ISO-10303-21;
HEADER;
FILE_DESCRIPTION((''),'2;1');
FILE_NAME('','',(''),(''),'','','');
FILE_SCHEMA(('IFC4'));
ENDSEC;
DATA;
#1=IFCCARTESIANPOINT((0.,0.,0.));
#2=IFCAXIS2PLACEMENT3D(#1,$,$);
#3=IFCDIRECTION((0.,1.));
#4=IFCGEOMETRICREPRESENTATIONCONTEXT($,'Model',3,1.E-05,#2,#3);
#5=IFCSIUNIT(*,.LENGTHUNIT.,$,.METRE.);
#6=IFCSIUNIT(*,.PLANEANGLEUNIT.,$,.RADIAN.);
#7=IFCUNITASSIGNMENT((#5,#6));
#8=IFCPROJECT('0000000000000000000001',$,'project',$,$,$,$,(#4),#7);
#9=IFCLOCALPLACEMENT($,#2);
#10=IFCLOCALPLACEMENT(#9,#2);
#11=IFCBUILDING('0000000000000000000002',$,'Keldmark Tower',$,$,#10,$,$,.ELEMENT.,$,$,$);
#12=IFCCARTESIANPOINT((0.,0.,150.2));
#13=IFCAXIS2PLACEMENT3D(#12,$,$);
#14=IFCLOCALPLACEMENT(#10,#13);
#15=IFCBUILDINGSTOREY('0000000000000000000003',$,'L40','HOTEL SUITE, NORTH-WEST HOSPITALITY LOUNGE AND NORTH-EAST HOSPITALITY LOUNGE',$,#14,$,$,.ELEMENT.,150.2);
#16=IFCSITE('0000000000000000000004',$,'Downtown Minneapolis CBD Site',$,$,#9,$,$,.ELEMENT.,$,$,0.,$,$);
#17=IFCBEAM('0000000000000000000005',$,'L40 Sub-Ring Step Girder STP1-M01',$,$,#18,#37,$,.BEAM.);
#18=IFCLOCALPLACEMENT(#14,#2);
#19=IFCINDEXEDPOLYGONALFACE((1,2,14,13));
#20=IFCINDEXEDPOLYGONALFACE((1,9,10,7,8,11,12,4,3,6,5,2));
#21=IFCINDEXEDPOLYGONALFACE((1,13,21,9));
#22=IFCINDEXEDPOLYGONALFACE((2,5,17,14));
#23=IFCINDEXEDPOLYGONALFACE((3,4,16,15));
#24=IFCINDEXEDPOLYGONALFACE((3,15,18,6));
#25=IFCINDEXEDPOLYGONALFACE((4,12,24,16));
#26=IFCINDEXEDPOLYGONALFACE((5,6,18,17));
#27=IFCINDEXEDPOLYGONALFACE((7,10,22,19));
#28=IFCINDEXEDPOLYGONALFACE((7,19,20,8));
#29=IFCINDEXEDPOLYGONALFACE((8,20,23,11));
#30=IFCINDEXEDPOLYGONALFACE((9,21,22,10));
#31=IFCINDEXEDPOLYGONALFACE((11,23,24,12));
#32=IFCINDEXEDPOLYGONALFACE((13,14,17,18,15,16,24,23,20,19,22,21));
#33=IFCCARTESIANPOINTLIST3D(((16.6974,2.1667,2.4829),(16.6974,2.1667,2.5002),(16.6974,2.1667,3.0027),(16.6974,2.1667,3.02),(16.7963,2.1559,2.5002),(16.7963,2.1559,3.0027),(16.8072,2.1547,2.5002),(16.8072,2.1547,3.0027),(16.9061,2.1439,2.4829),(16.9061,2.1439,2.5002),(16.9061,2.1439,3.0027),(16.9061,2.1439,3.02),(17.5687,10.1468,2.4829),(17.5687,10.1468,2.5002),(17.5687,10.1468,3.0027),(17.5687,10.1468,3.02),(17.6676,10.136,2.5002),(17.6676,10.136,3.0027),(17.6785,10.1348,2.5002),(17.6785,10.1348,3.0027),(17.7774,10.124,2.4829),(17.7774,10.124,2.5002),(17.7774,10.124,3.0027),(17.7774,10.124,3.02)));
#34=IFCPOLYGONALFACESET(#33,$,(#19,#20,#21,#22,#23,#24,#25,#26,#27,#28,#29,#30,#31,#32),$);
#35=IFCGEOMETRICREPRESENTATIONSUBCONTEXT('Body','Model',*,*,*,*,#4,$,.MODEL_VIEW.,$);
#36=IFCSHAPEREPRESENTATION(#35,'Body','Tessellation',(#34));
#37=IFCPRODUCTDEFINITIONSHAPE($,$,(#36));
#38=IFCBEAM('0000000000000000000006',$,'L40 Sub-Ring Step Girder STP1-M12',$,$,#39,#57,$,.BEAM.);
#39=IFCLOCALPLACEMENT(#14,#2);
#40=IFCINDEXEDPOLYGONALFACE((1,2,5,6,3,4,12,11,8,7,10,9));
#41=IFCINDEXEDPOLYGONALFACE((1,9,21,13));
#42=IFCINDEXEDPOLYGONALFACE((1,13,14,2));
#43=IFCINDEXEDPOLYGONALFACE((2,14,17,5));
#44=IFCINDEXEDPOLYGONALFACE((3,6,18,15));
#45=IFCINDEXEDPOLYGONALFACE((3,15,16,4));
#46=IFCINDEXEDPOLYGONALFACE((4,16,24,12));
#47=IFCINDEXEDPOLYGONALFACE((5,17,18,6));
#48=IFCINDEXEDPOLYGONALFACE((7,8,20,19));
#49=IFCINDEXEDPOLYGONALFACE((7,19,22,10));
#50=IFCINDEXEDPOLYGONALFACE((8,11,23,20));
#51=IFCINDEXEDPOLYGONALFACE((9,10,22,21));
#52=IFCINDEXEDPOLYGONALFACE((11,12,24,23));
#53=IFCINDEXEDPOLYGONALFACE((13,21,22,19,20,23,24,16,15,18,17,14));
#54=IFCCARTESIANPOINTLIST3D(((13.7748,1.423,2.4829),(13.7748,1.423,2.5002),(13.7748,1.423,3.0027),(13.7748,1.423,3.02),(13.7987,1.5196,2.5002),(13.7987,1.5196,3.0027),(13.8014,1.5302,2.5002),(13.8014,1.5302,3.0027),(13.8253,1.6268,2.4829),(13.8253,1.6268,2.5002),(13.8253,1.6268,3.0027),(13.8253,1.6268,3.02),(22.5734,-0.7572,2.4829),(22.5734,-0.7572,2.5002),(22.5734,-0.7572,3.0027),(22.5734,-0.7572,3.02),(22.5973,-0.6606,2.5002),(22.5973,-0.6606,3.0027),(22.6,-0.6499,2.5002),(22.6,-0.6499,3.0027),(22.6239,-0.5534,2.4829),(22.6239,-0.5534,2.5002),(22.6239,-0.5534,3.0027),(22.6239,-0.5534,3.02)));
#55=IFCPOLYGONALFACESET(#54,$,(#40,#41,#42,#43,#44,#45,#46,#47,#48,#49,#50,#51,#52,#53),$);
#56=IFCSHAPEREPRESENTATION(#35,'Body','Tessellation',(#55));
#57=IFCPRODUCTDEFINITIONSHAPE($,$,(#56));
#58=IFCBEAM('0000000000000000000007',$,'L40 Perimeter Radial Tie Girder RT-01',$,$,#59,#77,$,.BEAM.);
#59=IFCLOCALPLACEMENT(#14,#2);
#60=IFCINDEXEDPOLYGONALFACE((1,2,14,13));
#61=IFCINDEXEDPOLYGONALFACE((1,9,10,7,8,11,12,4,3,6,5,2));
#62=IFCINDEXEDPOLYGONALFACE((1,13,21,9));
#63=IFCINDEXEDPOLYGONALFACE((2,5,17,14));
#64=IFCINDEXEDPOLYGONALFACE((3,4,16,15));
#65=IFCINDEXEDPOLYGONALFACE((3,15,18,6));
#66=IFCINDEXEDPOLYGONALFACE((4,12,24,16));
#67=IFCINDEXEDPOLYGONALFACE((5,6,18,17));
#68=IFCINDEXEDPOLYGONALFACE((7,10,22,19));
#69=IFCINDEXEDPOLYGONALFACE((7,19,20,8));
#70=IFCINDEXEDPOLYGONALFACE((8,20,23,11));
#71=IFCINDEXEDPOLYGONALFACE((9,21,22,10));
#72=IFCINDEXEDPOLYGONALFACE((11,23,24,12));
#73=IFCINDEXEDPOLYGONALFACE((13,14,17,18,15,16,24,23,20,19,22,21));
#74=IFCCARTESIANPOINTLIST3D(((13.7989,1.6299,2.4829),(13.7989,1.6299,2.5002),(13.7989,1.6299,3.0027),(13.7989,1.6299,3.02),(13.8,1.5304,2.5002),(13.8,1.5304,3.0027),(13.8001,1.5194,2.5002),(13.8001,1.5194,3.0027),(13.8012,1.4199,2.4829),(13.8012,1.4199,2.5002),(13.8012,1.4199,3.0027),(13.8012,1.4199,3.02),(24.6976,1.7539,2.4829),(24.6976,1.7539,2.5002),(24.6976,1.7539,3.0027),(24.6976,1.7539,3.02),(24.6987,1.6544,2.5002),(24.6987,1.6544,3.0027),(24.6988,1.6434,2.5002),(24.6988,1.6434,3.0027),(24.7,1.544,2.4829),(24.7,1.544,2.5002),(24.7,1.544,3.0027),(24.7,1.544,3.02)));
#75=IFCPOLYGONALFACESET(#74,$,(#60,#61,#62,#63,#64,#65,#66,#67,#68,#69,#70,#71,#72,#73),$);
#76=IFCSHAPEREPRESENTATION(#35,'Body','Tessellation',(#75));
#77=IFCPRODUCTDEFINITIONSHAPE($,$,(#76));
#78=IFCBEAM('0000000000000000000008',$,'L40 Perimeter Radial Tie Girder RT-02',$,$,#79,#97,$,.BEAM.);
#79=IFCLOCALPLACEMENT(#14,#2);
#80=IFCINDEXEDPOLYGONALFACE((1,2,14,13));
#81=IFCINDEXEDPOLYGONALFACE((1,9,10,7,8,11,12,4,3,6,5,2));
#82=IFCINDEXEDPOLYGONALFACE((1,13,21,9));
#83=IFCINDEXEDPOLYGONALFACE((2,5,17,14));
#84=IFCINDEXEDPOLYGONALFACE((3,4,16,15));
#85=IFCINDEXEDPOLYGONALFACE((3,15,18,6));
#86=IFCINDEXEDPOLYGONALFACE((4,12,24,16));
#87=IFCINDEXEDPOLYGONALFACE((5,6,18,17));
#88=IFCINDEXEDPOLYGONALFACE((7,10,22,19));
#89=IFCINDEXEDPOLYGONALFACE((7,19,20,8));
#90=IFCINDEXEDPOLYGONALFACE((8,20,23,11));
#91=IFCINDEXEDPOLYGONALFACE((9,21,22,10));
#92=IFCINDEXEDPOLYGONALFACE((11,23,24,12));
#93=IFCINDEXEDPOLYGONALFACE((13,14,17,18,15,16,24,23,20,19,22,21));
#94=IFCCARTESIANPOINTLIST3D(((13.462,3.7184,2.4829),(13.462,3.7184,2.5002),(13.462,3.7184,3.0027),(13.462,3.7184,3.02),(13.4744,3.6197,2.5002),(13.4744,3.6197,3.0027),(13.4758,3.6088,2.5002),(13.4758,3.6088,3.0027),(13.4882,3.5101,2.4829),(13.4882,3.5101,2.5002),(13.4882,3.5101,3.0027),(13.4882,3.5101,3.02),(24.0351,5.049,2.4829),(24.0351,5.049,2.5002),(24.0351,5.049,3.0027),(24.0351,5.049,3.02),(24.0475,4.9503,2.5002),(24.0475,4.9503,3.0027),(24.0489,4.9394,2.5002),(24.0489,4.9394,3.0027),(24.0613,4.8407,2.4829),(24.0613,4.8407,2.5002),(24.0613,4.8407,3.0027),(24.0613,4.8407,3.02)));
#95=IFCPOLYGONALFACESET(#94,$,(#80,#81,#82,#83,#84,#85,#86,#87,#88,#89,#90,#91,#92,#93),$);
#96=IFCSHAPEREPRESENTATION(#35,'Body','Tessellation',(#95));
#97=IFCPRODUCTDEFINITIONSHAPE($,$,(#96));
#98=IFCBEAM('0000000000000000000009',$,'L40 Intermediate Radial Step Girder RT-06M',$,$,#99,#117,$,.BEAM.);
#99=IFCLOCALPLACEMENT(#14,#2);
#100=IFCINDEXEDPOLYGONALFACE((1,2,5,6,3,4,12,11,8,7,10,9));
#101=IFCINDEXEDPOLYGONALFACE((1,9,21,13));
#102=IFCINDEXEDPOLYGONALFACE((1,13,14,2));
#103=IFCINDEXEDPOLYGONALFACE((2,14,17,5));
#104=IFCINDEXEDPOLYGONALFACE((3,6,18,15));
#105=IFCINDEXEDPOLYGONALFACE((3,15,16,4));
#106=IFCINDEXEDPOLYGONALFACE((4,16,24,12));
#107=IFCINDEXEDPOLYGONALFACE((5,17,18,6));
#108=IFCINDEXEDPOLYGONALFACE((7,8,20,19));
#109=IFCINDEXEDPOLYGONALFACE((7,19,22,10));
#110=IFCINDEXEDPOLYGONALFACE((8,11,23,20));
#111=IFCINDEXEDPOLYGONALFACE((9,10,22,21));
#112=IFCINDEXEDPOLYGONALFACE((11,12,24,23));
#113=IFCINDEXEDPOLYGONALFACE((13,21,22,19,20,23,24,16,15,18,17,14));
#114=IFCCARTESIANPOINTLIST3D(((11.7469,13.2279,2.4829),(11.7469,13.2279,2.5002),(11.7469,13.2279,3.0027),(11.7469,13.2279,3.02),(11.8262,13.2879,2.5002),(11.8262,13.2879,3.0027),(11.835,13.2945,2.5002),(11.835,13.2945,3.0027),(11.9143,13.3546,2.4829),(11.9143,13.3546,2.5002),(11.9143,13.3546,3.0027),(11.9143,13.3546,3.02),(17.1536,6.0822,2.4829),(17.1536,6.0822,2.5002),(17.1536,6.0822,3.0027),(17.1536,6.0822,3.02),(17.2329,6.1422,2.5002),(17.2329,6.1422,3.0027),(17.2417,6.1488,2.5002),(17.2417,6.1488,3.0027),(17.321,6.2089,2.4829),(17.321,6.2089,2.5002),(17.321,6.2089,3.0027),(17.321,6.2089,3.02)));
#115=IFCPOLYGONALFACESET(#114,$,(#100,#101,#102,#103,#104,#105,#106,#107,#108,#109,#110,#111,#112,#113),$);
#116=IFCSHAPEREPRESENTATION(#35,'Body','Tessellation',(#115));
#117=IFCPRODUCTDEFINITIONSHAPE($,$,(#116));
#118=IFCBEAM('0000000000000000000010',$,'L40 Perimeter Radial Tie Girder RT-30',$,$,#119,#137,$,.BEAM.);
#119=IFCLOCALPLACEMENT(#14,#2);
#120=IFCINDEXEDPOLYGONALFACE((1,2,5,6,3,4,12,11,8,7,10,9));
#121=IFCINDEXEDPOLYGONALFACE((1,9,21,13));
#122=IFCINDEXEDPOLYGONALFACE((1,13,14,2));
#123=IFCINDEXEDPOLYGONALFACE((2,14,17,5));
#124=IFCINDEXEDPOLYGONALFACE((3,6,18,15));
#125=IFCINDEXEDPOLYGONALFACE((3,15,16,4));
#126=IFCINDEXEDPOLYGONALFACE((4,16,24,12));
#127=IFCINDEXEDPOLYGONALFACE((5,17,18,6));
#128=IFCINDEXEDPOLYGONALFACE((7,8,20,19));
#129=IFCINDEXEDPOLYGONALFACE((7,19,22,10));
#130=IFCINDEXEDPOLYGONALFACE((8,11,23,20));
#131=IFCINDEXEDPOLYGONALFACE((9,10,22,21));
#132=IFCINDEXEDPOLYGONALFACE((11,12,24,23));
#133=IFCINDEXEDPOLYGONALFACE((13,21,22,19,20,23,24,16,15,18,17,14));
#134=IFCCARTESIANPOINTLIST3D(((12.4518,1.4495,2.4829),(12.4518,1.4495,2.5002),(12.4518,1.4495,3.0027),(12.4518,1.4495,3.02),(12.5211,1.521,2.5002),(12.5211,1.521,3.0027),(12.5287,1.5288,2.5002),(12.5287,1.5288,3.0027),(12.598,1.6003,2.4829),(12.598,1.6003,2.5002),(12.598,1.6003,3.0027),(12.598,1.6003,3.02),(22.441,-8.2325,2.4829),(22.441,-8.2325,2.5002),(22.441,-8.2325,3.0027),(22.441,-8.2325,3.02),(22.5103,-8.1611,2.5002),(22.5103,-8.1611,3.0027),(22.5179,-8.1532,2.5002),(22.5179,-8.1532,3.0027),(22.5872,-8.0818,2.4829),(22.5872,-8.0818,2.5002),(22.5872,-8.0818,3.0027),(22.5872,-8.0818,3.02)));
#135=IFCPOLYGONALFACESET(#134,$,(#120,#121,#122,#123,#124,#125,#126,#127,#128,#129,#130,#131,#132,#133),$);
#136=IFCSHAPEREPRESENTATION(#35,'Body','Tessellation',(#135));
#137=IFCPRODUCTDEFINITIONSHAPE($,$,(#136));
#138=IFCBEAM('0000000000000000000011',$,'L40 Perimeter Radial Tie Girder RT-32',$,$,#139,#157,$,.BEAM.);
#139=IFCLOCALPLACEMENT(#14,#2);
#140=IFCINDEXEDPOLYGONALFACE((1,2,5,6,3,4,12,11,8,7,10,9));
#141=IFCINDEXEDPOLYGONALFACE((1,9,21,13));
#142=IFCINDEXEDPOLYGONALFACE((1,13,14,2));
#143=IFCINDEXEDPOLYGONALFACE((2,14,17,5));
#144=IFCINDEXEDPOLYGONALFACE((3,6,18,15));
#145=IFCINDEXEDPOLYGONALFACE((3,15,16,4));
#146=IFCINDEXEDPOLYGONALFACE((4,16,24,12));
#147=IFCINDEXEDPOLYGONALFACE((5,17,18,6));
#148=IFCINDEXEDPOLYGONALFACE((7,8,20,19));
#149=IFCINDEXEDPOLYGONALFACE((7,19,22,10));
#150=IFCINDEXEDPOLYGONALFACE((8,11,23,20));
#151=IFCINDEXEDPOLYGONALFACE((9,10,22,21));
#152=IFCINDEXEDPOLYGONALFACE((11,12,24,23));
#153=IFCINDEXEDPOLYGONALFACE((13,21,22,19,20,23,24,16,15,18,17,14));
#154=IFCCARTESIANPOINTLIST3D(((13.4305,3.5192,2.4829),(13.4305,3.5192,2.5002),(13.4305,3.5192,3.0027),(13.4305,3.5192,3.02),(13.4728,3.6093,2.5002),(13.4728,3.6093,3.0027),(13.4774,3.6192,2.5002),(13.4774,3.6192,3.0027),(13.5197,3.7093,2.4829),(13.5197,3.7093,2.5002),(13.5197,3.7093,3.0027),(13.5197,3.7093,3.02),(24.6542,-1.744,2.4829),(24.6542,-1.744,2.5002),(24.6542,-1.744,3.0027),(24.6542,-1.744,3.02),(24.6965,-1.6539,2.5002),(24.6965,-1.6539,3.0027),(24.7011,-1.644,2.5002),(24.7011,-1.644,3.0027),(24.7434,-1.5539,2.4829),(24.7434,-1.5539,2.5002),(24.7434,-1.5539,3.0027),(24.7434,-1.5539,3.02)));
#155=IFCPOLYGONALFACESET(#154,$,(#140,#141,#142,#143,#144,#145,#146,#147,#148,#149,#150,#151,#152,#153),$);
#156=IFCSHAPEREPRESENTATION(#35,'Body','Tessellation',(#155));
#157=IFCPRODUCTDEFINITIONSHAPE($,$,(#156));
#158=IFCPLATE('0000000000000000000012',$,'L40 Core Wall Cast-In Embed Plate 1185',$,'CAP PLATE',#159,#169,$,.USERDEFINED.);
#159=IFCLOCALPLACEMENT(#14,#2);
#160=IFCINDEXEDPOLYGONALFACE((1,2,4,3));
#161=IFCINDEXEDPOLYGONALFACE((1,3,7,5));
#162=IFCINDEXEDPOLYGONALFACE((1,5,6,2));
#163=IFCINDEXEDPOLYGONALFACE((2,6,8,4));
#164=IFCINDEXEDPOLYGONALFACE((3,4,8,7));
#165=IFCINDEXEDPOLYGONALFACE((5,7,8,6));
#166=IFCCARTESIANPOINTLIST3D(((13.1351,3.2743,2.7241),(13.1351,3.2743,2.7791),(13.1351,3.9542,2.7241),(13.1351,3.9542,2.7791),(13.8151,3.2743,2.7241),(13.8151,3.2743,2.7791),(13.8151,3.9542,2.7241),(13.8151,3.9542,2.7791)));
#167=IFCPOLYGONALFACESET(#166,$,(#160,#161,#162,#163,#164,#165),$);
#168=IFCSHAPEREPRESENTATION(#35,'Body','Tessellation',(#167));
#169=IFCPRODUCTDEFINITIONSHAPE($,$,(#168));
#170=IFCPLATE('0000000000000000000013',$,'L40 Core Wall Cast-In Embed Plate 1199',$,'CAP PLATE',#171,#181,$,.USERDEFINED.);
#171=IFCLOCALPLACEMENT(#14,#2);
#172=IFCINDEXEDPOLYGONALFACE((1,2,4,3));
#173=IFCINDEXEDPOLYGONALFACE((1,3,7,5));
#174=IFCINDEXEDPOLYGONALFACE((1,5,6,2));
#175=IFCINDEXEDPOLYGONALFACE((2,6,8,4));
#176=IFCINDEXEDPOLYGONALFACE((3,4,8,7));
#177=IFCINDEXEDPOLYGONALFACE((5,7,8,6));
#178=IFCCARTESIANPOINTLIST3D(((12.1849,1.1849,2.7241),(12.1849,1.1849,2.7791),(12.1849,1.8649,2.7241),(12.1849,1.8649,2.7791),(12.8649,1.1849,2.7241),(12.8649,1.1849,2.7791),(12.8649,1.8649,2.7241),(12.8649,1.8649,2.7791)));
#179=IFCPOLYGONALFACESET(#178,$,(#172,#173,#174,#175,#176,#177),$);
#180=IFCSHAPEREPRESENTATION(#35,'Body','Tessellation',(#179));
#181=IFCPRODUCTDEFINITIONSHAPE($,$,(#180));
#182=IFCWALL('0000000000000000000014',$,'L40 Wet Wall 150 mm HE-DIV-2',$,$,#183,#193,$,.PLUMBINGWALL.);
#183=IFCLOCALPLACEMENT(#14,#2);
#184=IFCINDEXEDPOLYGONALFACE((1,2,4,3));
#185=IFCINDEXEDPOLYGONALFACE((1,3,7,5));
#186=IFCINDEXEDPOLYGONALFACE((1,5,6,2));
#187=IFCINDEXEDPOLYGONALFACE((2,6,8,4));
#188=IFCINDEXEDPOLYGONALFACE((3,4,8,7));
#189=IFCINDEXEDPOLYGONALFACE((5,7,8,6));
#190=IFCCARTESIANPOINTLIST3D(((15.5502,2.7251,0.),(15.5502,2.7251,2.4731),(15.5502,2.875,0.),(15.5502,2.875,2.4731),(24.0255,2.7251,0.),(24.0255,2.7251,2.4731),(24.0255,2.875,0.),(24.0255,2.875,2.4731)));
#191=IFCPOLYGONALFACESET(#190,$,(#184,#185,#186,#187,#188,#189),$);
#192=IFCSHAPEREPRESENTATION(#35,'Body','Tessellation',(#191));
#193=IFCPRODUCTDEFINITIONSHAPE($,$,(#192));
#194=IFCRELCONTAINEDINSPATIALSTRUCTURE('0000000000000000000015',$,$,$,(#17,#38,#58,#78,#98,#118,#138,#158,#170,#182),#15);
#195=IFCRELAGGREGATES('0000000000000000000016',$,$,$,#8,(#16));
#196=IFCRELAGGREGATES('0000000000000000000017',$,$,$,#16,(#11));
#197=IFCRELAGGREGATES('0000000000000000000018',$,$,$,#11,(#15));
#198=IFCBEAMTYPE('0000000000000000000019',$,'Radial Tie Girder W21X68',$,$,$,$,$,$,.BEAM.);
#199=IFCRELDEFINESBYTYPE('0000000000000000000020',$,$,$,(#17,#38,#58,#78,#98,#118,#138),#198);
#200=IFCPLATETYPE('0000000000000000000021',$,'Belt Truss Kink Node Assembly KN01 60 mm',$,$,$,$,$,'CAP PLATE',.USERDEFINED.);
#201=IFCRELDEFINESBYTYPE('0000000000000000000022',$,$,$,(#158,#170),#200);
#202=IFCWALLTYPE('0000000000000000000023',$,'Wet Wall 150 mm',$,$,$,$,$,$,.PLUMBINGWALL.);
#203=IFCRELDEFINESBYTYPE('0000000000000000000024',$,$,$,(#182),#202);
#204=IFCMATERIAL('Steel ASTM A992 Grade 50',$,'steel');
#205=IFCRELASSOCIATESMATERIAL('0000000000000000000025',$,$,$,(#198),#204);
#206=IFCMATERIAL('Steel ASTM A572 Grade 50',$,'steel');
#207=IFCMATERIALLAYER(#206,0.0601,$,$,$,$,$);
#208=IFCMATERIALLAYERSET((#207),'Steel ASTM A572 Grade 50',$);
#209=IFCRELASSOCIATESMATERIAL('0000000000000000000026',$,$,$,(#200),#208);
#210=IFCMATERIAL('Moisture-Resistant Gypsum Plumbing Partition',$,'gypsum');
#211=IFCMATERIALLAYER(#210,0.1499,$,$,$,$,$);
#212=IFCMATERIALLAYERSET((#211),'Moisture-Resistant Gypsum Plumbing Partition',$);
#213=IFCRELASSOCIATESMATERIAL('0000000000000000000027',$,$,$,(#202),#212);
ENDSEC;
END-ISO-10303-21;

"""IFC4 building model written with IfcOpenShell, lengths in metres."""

from ifc_helpers import new_model, si_unit, direction, frame, frame_2d, origin, origin_2d, place, context, subcontext, project, spatial, rectangle, i_section, extrude, material, layer, layer_set, material_profile, profile_set, type_object, element, save


model = new_model("IFC4")

# Units and contexts
model_context = context("Model", 3, precision=1e-05, world=origin(), true_north=direction((0.0, 1.0)))
body_context = subcontext(model_context, "Body", "Model", "MODEL_VIEW")
ifc_project = project(units=[si_unit("LENGTHUNIT", "METRE"), si_unit("PLANEANGLEUNIT", "RADIAN")], contexts=[model_context])

# Site, building, storey
site_placement = place(None, origin())
site = spatial("IfcSite", under=ifc_project, at=site_placement, Name="Downtown Minneapolis CBD Site", CompositionType="ELEMENT", RefElevation=0.0)
building_placement = place(site_placement, origin())
building = spatial("IfcBuilding", under=site, at=building_placement, Name="Keldmark Tower", CompositionType="ELEMENT")
storey_placement = place(building_placement, frame((0.0, 0.0, 150.2)))
storey = spatial("IfcBuildingStorey", under=building, at=storey_placement, Name="L40", Description="HOTEL SUITE, NORTH-WEST HOSPITALITY LOUNGE AND NORTH-EAST HOSPITALITY LOUNGE", CompositionType="ELEMENT", Elevation=150.2)

# Beams
ifc_material_1 = material(Name="Steel ASTM A992 Grade 50", Category="steel")
ifc_material_profile = material_profile(ifc_material_1, i_section(OverallWidth=0.21, OverallDepth=0.5371, WebThickness=0.011, FlangeThickness=0.0173, at=origin_2d()), Name="W21X68")
ifc_profile_set = profile_set([ifc_material_profile], Name="Steel ASTM A992 Grade 50")
beam_type = type_object("IfcBeamType", Name="Radial Tie Girder W21X68", PredefinedType="BEAM", material=ifc_profile_set)
beam_1_placement = place(storey_placement, frame((16.8018, 2.1553, 2.7515), z_axis=(0.108542, 0.994092, 0.0), x_axis=(-0.994092, 0.108542, 0.0)))
element("IfcBeam", 1, at=beam_1_placement, inside=storey, type_object=beam_type, Name="L40 Sub-Ring Step Girder STP1-M01", PredefinedType="BEAM", context=body_context, shape_type="SweptSolid", body=[
    extrude(i_section(OverallWidth=0.21, OverallDepth=0.5371, WebThickness=0.011, FlangeThickness=0.0173, at=origin_2d()), origin(), (0.0, 0.0, 1.0), 8.0276),
])
beam_2_placement = place(storey_placement, frame((13.8, 1.5249, 2.7515), z_axis=(0.970646, -0.240514, 0.0), x_axis=(0.240514, 0.970646, 0.0)))
element("IfcBeam", 2, at=beam_2_placement, inside=storey, type_object=beam_type, Name="L40 Sub-Ring Step Girder STP1-M12", PredefinedType="BEAM", context=body_context, shape_type="SweptSolid", body=[
    extrude(i_section(OverallWidth=0.21, OverallDepth=0.5371, WebThickness=0.011, FlangeThickness=0.0173, at=origin_2d()), origin(), (0.0, 0.0, 1.0), 9.0647),
])
beam_3_placement = place(storey_placement, frame((13.8, 1.5249, 2.7515), z_axis=(0.999935, 0.011379, 0.0), x_axis=(-0.011379, 0.999935, 0.0)))
element("IfcBeam", 3, at=beam_3_placement, inside=storey, type_object=beam_type, Name="L40 Perimeter Radial Tie Girder RT-01", PredefinedType="BEAM", context=body_context, shape_type="SweptSolid", body=[
    extrude(i_section(OverallWidth=0.21, OverallDepth=0.5371, WebThickness=0.011, FlangeThickness=0.0173, at=origin_2d()), origin(), (0.0, 0.0, 1.0), 10.8994),
])
beam_4_placement = place(storey_placement, frame((13.4751, 3.6143, 2.7515), z_axis=(0.992174, 0.124861, 0.0), x_axis=(-0.124861, 0.992174, 0.0)))
element("IfcBeam", 4, at=beam_4_placement, inside=storey, type_object=beam_type, Name="L40 Perimeter Radial Tie Girder RT-02", PredefinedType="BEAM", context=body_context, shape_type="SweptSolid", body=[
    extrude(i_section(OverallWidth=0.21, OverallDepth=0.5371, WebThickness=0.011, FlangeThickness=0.0173, at=origin_2d()), origin(), (0.0, 0.0, 1.0), 10.6565),
])
beam_5_placement = place(storey_placement, frame((17.2373, 6.1455, 2.7515), z_axis=(-0.603382, 0.797452, 0.0), x_axis=(-0.797452, -0.603382, 0.0)))
element("IfcBeam", 5, at=beam_5_placement, inside=storey, type_object=beam_type, Name="L40 Intermediate Radial Step Girder RT-06M", PredefinedType="BEAM", context=body_context, shape_type="SweptSolid", body=[
    extrude(i_section(OverallWidth=0.21, OverallDepth=0.5371, WebThickness=0.011, FlangeThickness=0.0173, at=origin_2d()), origin(), (0.0, 0.0, 1.0), 8.9607),
])
beam_6_placement = place(storey_placement, frame((12.5249, 1.5249, 2.7515), z_axis=(0.718059, -0.695982, 0.0), x_axis=(0.695982, 0.718059, 0.0)))
element("IfcBeam", 6, at=beam_6_placement, inside=storey, type_object=beam_type, Name="L40 Perimeter Radial Tie Girder RT-30", PredefinedType="BEAM", context=body_context, shape_type="SweptSolid", body=[
    extrude(i_section(OverallWidth=0.21, OverallDepth=0.5371, WebThickness=0.011, FlangeThickness=0.0173, at=origin_2d()), origin(), (0.0, 0.0, 1.0), 13.9114),
])
beam_7_placement = place(storey_placement, frame((13.4751, 3.6143, 2.7515), z_axis=(0.905394, -0.424573, 0.0), x_axis=(0.424573, 0.905394, 0.0)))
element("IfcBeam", 7, at=beam_7_placement, inside=storey, type_object=beam_type, Name="L40 Perimeter Radial Tie Girder RT-32", PredefinedType="BEAM", context=body_context, shape_type="SweptSolid", body=[
    extrude(i_section(OverallWidth=0.21, OverallDepth=0.5371, WebThickness=0.011, FlangeThickness=0.0173, at=origin_2d()), origin(), (0.0, 0.0, 1.0), 12.3965),
])

# Plates
ifc_material_2 = material(Name="Steel ASTM A572 Grade 50", Category="steel")
ifc_layer_1 = layer(ifc_material_2, 0.0601)
ifc_layer_set_1 = layer_set([ifc_layer_1], Name="Steel ASTM A572 Grade 50")
plate_type = type_object("IfcPlateType", Name="Belt Truss Kink Node Assembly KN01 60 mm", ElementType="CAP PLATE", PredefinedType="USERDEFINED", material=ifc_layer_set_1)
for number, where, z_axis, x_axis, name in (
    (8, (13.4751, 3.6143, 2.7241), (0.0, 0.0, 1.0), (1.0, 0.0, 0.0), "L40 Core Wall Cast-In Embed Plate 1185"),
    (9, (12.5249, 1.5249, 2.7241), (0.0, 0.0, 1.0), (1.0, 0.0, 0.0), "L40 Core Wall Cast-In Embed Plate 1199"),
):
    element("IfcPlate", number, at=place(storey_placement, frame(where, z_axis=z_axis, x_axis=x_axis)), inside=storey, type_object=plate_type, Name=name, ObjectType="CAP PLATE", PredefinedType="USERDEFINED", context=body_context, shape_type="SweptSolid", body=[
        extrude(rectangle(XDim=0.6799, YDim=0.6799, at=origin_2d()), origin(), (0.0, 0.0, 1.0), 0.0549),
    ])

# Wall
ifc_material_3 = material(Name="Moisture-Resistant Gypsum Plumbing Partition", Category="gypsum")
ifc_layer_2 = layer(ifc_material_3, 0.1499)
ifc_layer_set_2 = layer_set([ifc_layer_2], Name="Moisture-Resistant Gypsum Plumbing Partition")
wall_type_1 = type_object("IfcWallType", Name="Wet Wall 150 mm", PredefinedType="PLUMBINGWALL", material=ifc_layer_set_2)
wall_1_placement = place(storey_placement, frame((15.55, 2.8, 0.0), z_axis=(0.0, 0.0, 1.0), x_axis=(1.0, 0.0, 0.0)))
element("IfcWall", 10, at=wall_1_placement, inside=storey, type_object=wall_type_1, Name="L40 Wet Wall 150 mm HE-DIV-2", PredefinedType="PLUMBINGWALL", context=body_context, shape_type="SweptSolid", body=[
    extrude(rectangle(XDim=8.4753, YDim=0.1499, at=frame_2d((4.2378, 0.0))), origin(), (0.0, 0.0, 1.0), 2.4731),
])

save(model, "model.ifc")
